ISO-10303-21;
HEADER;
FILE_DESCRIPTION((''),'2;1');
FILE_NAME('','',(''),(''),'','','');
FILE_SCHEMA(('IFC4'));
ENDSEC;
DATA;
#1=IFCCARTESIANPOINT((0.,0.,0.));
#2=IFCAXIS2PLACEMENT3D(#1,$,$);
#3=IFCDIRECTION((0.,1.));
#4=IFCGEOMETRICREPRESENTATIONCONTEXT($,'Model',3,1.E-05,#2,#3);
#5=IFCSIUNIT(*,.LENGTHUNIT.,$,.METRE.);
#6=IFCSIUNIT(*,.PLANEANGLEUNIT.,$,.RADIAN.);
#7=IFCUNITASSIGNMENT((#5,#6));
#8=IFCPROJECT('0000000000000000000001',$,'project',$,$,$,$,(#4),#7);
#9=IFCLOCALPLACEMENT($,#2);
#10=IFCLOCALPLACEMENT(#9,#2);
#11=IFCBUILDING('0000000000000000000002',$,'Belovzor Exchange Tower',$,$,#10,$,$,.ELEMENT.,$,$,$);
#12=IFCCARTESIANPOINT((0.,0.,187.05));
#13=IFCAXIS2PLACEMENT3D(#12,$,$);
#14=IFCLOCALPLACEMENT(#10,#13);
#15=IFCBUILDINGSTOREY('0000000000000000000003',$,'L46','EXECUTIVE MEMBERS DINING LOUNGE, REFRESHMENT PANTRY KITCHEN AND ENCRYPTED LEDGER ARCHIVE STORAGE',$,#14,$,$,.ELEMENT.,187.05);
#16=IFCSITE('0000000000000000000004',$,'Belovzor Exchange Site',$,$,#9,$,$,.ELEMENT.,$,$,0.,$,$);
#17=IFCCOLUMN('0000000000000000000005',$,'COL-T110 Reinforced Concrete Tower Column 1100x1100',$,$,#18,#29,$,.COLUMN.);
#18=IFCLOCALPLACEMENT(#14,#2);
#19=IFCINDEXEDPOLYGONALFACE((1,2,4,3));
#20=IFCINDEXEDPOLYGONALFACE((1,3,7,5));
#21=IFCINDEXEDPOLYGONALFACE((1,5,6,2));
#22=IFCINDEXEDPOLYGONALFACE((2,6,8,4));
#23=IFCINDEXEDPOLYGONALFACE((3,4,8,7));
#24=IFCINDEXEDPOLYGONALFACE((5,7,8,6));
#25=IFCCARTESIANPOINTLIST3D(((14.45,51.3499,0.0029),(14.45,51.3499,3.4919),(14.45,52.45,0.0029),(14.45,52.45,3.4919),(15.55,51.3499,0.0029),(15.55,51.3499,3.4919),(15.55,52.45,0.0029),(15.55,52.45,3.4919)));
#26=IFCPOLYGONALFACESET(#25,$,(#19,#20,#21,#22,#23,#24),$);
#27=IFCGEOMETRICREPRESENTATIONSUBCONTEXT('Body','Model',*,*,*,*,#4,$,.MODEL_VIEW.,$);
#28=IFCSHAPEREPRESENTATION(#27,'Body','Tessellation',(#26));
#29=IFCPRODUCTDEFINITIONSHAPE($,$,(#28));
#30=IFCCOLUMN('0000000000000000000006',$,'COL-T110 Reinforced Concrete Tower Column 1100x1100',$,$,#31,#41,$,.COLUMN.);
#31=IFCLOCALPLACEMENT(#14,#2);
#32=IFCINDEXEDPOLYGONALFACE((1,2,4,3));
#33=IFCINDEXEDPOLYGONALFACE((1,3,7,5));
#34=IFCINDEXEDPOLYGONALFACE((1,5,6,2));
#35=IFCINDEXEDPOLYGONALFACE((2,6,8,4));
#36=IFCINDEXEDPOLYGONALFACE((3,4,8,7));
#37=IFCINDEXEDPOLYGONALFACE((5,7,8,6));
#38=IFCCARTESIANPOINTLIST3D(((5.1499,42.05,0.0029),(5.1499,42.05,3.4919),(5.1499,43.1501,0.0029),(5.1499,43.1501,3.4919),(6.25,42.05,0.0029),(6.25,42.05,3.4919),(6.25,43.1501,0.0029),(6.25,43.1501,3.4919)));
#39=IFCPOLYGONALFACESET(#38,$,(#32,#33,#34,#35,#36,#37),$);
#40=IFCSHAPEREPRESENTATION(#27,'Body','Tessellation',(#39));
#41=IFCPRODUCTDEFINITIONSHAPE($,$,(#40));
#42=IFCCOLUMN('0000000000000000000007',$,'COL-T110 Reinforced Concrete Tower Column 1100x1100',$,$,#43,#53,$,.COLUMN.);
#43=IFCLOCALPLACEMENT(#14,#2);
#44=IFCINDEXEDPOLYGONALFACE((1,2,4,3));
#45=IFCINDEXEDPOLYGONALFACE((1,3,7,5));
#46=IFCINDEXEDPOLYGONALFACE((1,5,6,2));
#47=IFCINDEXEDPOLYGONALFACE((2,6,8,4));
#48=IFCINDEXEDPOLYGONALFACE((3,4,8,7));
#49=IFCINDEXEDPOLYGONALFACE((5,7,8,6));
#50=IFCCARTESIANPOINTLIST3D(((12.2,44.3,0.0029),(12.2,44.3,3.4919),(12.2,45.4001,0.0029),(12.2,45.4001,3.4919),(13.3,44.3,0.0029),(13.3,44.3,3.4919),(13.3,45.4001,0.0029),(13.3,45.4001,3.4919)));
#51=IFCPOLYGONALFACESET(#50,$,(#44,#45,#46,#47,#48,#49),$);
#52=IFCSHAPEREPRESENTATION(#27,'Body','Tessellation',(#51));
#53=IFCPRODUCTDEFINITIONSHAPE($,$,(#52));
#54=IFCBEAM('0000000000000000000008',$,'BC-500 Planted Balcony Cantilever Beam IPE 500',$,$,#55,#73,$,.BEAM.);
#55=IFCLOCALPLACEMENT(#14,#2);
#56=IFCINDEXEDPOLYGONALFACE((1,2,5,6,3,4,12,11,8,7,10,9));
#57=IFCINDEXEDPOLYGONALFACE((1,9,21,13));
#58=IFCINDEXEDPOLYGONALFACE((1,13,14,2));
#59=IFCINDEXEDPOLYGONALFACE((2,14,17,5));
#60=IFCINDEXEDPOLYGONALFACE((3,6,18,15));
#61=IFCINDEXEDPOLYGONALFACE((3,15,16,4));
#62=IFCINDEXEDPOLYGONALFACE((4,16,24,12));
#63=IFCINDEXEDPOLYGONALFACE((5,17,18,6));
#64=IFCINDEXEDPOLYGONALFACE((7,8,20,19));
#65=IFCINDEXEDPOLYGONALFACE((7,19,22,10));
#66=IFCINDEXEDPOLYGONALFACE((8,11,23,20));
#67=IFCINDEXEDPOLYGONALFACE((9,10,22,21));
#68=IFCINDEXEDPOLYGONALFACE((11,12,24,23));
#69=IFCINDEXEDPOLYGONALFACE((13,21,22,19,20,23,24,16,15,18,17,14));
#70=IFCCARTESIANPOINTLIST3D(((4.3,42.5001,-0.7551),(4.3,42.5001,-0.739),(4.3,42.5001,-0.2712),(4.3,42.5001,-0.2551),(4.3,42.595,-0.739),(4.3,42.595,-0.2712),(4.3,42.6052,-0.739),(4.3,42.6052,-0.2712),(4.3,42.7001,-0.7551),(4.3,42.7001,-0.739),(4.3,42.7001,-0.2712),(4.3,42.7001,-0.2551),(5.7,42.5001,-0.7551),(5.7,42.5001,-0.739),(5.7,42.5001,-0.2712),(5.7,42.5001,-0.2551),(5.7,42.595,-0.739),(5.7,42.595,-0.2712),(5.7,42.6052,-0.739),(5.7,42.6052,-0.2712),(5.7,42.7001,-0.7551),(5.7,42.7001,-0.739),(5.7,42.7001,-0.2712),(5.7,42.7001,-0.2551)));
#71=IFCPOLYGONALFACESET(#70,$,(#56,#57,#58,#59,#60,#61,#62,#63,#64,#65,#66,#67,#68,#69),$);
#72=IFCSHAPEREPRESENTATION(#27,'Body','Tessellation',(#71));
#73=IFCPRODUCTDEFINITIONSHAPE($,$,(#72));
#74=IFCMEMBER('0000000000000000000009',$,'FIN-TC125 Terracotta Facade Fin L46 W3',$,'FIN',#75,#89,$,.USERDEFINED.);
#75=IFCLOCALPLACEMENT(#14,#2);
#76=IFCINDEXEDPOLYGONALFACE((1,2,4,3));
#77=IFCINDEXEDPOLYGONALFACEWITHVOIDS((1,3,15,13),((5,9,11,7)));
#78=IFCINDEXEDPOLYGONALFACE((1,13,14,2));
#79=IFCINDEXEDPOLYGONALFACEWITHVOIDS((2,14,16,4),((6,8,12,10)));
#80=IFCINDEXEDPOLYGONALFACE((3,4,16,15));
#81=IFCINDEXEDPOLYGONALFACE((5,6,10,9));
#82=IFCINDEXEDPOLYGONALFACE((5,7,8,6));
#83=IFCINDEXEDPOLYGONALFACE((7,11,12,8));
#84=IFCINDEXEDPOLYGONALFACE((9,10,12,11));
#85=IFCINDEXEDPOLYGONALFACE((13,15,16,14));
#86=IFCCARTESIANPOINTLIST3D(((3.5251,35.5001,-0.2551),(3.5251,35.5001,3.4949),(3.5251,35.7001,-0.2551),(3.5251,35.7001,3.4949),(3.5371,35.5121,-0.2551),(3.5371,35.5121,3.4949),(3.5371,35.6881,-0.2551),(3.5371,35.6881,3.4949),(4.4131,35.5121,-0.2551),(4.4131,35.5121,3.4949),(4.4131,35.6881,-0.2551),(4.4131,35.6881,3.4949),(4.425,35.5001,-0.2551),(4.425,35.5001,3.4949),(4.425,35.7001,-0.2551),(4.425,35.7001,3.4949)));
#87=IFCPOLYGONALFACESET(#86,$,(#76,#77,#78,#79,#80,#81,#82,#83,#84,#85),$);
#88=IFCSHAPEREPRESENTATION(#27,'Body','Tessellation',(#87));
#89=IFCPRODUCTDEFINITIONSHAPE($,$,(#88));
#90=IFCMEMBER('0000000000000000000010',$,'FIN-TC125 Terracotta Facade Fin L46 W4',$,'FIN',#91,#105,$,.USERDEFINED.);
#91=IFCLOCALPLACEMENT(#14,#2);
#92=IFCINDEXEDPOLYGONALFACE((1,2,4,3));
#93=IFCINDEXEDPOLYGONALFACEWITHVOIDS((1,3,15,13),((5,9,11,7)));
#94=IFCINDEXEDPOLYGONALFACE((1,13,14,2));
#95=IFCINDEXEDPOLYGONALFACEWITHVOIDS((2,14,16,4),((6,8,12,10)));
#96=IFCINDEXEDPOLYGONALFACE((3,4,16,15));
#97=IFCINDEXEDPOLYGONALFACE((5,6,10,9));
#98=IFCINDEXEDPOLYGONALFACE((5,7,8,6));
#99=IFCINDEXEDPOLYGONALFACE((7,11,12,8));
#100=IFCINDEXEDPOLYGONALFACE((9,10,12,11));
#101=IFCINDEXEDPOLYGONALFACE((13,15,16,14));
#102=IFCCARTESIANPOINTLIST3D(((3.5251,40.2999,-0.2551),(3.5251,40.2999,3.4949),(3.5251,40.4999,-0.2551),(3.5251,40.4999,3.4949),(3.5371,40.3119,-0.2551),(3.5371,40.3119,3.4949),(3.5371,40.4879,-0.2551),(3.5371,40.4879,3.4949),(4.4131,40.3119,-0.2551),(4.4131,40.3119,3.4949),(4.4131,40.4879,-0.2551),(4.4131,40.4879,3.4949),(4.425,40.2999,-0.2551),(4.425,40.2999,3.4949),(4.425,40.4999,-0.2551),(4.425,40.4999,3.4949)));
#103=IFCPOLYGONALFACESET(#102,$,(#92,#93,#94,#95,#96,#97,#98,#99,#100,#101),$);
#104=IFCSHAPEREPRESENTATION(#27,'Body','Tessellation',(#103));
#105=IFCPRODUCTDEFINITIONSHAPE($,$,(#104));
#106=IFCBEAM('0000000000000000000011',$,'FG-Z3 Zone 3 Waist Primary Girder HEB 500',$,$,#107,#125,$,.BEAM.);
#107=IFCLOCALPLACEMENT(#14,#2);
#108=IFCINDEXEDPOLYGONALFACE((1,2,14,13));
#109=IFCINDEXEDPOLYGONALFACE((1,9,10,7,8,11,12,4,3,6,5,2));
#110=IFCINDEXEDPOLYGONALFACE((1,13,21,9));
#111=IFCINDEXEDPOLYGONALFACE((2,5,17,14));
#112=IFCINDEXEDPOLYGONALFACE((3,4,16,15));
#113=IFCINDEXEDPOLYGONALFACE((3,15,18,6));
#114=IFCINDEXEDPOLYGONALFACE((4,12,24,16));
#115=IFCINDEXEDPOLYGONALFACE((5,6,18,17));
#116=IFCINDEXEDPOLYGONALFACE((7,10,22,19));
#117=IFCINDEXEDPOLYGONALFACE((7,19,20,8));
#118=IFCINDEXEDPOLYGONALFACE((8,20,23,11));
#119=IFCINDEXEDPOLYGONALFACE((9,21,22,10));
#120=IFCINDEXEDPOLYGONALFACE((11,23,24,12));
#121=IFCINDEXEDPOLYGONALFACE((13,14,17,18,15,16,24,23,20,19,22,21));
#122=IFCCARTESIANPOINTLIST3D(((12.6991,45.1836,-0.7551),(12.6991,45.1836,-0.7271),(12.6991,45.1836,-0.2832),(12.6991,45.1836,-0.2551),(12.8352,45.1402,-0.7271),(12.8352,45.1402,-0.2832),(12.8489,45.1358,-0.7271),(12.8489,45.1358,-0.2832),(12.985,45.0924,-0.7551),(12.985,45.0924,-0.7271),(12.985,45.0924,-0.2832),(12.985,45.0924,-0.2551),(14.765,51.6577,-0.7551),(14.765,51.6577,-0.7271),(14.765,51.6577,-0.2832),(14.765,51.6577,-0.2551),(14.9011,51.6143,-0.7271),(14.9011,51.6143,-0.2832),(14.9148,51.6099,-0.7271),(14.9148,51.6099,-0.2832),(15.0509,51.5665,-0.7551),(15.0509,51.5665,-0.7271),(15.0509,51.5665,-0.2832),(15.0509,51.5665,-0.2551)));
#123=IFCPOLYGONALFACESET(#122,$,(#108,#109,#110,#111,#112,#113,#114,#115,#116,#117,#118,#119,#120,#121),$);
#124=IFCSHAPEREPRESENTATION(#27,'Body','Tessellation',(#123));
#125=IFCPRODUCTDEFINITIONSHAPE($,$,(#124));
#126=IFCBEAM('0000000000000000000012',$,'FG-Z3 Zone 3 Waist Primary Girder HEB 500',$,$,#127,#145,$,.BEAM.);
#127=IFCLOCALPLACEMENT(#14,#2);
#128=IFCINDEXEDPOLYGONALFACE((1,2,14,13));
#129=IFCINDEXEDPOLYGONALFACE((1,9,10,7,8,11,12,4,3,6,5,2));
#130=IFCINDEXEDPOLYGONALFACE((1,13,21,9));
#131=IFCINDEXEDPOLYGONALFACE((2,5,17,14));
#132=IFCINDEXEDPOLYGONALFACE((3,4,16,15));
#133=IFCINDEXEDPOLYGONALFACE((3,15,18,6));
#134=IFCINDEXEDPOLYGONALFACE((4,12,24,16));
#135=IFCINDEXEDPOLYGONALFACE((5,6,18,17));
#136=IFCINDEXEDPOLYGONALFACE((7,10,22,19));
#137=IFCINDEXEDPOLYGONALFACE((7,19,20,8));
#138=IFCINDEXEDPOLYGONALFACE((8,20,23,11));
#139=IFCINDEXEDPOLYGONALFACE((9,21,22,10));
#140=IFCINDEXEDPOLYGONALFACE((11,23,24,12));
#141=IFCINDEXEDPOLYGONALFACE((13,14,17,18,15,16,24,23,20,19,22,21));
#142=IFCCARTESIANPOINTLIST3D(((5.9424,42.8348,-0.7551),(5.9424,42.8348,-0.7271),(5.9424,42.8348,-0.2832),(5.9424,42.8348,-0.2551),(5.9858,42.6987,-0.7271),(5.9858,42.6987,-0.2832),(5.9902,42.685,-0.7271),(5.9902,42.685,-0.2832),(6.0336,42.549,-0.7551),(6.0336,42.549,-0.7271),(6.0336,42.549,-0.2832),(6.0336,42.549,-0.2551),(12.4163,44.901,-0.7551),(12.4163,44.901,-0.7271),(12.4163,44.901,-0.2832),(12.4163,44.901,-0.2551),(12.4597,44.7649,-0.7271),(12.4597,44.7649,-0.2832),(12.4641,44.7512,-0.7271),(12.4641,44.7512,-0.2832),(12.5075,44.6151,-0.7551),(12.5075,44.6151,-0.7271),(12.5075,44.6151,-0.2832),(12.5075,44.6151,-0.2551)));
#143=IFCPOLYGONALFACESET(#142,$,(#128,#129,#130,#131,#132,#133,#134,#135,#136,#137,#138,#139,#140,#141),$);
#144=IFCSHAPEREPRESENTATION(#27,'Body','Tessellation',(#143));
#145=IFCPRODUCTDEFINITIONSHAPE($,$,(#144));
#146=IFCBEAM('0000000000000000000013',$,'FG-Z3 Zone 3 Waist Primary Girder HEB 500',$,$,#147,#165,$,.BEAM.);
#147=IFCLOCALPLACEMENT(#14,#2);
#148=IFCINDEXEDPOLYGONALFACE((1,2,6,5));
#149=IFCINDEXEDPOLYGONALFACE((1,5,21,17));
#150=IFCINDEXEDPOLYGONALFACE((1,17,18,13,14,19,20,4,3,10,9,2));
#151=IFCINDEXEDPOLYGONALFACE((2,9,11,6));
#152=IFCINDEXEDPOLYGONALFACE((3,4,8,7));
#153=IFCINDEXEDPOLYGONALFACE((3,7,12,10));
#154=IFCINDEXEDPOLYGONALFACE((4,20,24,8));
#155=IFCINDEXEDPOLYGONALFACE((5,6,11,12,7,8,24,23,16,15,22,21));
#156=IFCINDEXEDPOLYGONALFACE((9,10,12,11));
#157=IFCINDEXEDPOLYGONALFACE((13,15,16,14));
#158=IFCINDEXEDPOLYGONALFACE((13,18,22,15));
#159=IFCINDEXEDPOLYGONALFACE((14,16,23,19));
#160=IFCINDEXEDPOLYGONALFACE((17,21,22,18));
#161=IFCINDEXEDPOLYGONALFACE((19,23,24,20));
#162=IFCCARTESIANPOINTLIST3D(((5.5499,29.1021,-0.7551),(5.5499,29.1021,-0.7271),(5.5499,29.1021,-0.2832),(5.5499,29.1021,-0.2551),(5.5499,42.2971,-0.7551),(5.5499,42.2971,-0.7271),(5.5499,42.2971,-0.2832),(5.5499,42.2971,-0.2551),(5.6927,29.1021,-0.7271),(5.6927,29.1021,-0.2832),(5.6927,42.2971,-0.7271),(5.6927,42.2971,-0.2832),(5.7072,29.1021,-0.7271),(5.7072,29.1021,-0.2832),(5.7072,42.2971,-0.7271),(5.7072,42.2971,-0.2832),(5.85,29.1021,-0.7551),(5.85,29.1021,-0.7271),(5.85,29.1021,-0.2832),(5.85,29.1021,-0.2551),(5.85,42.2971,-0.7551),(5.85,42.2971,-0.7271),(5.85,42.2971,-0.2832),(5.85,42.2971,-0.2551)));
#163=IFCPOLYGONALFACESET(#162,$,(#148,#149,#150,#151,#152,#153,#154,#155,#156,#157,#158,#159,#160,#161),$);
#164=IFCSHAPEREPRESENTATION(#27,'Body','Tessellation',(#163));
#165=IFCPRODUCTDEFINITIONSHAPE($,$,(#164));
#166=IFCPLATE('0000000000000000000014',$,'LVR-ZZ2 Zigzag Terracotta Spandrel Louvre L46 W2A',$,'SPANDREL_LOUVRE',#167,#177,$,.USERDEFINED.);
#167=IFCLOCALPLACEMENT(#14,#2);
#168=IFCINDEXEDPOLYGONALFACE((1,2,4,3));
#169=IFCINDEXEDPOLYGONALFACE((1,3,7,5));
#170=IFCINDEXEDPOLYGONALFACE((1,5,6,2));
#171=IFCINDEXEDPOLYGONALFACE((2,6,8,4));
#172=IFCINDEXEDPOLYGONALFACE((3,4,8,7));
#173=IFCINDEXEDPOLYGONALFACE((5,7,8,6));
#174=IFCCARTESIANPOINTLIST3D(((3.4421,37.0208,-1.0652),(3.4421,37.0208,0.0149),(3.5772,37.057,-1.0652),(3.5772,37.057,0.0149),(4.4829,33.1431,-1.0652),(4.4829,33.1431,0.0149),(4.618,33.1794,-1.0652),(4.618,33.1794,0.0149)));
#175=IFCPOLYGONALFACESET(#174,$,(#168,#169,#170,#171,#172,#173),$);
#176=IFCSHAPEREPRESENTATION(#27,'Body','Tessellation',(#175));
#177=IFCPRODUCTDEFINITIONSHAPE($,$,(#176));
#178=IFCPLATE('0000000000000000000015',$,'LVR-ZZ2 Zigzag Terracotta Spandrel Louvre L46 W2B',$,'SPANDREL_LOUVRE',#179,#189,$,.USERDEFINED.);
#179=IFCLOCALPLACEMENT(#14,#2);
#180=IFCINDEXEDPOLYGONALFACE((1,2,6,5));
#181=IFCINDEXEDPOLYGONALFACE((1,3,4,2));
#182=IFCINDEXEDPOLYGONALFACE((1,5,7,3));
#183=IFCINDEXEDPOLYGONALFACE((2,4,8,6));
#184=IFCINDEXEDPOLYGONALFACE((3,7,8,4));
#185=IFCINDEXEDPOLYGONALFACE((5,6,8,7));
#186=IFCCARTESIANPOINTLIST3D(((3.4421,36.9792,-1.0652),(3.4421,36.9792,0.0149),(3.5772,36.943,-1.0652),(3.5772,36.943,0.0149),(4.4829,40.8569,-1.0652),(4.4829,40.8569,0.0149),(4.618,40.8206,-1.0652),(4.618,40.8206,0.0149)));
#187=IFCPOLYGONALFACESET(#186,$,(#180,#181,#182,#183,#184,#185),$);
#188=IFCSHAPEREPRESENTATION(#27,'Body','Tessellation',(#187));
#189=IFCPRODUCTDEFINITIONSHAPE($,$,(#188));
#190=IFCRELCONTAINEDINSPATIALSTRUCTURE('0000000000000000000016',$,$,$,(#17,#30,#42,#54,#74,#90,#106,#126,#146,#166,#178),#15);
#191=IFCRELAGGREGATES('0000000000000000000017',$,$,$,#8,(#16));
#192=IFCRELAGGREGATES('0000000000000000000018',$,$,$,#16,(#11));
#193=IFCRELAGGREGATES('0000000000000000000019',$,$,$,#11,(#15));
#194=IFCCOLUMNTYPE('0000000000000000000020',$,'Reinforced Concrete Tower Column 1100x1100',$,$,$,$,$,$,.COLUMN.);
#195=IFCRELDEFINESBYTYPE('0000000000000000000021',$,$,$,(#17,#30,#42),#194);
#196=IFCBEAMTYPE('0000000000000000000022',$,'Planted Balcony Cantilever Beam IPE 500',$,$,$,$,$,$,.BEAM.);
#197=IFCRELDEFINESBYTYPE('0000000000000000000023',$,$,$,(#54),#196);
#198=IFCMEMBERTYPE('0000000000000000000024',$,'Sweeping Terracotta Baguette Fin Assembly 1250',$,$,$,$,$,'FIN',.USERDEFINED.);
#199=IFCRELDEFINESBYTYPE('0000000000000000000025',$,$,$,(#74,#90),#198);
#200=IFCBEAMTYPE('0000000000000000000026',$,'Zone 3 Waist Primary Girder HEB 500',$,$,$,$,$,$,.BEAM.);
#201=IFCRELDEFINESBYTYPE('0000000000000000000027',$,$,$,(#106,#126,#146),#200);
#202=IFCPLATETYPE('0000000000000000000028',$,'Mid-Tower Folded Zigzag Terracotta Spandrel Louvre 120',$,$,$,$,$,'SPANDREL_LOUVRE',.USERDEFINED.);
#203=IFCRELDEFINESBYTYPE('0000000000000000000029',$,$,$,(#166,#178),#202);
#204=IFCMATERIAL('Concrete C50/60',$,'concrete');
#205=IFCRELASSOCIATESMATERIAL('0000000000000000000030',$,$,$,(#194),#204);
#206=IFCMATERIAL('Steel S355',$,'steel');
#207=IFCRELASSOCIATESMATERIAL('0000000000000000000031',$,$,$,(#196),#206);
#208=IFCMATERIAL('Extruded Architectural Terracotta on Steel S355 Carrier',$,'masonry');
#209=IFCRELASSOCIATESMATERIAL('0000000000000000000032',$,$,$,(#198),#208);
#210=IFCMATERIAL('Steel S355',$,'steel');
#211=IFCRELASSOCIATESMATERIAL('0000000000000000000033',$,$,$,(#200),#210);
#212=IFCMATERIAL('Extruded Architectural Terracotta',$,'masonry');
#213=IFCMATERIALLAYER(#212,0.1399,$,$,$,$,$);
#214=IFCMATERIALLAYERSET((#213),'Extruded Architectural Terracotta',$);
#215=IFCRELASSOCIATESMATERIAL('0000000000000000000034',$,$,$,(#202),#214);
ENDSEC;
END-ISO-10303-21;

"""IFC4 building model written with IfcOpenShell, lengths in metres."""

from ifc_helpers import new_model, si_unit, direction, frame, origin, origin_2d, place, context, subcontext, project, spatial, rectangle, hollow_rectangle, i_section, extrude, material, layer, layer_set, material_profile, profile_set, type_object, element, save


model = new_model("IFC4")

# Units and contexts
model_context = context("Model", 3, precision=1e-05, world=origin(), true_north=direction((0.0, 1.0)))
body_context = subcontext(model_context, "Body", "Model", "MODEL_VIEW")
ifc_project = project(units=[si_unit("LENGTHUNIT", "METRE"), si_unit("PLANEANGLEUNIT", "RADIAN")], contexts=[model_context])

# Site, building, storey
site_placement = place(None, origin())
site = spatial("IfcSite", under=ifc_project, at=site_placement, Name="Belovzor Exchange Site", CompositionType="ELEMENT", RefElevation=0.0)
building_placement = place(site_placement, origin())
building = spatial("IfcBuilding", under=site, at=building_placement, Name="Belovzor Exchange Tower", CompositionType="ELEMENT")
storey_placement = place(building_placement, frame((0.0, 0.0, 187.05)))
storey = spatial("IfcBuildingStorey", under=building, at=storey_placement, Name="L46", Description="EXECUTIVE MEMBERS DINING LOUNGE, REFRESHMENT PANTRY KITCHEN AND ENCRYPTED LEDGER ARCHIVE STORAGE", CompositionType="ELEMENT", Elevation=187.05)

# Columns
ifc_material_1 = material(Name="Concrete C50/60", Category="concrete")
ifc_material_profile_1 = material_profile(ifc_material_1, rectangle(XDim=1.1001, YDim=1.1001, at=origin_2d()))
ifc_profile_set_1 = profile_set([ifc_material_profile_1], Name="Concrete C50/60")
column_type = type_object("IfcColumnType", Name="Reinforced Concrete Tower Column 1100x1100", PredefinedType="COLUMN", material=ifc_profile_set_1)
for number, where, z_axis, x_axis, name in (
    (1, (15.0, 51.8999, 0.0029), (0.0, 0.0, 1.0), (1.0, 0.0, 0.0), "COL-T110 Reinforced Concrete Tower Column 1100x1100"),
    (2, (5.7, 42.6001, 0.0029), (0.0, 0.0, 1.0), (1.0, 0.0, 0.0), "COL-T110 Reinforced Concrete Tower Column 1100x1100"),
    (3, (12.75, 44.8501, 0.0029), (0.0, 0.0, 1.0), (1.0, 0.0, 0.0), "COL-T110 Reinforced Concrete Tower Column 1100x1100"),
):
    element("IfcColumn", number, at=place(storey_placement, frame(where, z_axis=z_axis, x_axis=x_axis)), inside=storey, type_object=column_type, Name=name, PredefinedType="COLUMN", context=body_context, shape_type="SweptSolid", body=[
        extrude(rectangle(XDim=1.1001, YDim=1.1001, at=origin_2d()), origin(), (0.0, 0.0, 1.0), 3.489),
    ])

# Beam
ifc_material_2 = material(Name="Steel S355", Category="steel")
ifc_material_profile_2 = material_profile(ifc_material_2, i_section(OverallWidth=0.2, OverallDepth=0.5, WebThickness=0.0103, FlangeThickness=0.0161, at=origin_2d()))
ifc_profile_set_2 = profile_set([ifc_material_profile_2], Name="Steel S355")
beam_type_1 = type_object("IfcBeamType", Name="Planted Balcony Cantilever Beam IPE 500", PredefinedType="BEAM", material=ifc_profile_set_2)
beam_1_placement = place(storey_placement, frame((5.7, 42.6001, -0.5051), z_axis=(-1.0, 0.0, 0.0), x_axis=(0.0, -1.0, 0.0)))
element("IfcBeam", 4, at=beam_1_placement, inside=storey, type_object=beam_type_1, Name="BC-500 Planted Balcony Cantilever Beam IPE 500", PredefinedType="BEAM", context=body_context, shape_type="SweptSolid", body=[
    extrude(i_section(OverallWidth=0.2, OverallDepth=0.5, WebThickness=0.0103, FlangeThickness=0.0161, at=origin_2d()), origin(), (0.0, 0.0, 1.0), 1.3999),
])

# Members
ifc_material_3 = material(Name="Extruded Architectural Terracotta on Steel S355 Carrier", Category="masonry")
ifc_material_profile_3 = material_profile(ifc_material_3, hollow_rectangle(XDim=0.2, YDim=0.8999, WallThickness=0.012, at=origin_2d()))
ifc_profile_set_3 = profile_set([ifc_material_profile_3], Name="Extruded Architectural Terracotta on Steel S355 Carrier")
member_type = type_object("IfcMemberType", Name="Sweeping Terracotta Baguette Fin Assembly 1250", ElementType="FIN", PredefinedType="USERDEFINED", material=ifc_profile_set_3)
for number, where, z_axis, x_axis, name in (
    (5, (3.9751, 35.6001, -0.2551), (0.0, 0.0, 1.0), (0.0, 1.0, 0.0), "FIN-TC125 Terracotta Facade Fin L46 W3"),
    (6, (3.9751, 40.3999, -0.2551), (0.0, 0.0, 1.0), (0.0, 1.0, 0.0), "FIN-TC125 Terracotta Facade Fin L46 W4"),
):
    element("IfcMember", number, at=place(storey_placement, frame(where, z_axis=z_axis, x_axis=x_axis)), inside=storey, type_object=member_type, Name=name, ObjectType="FIN", PredefinedType="USERDEFINED", context=body_context, shape_type="SweptSolid", body=[
        extrude(hollow_rectangle(XDim=0.2, YDim=0.8999, WallThickness=0.012, at=origin_2d()), origin(), (0.0, 0.0, 1.0), 3.75),
    ])

# Beams
ifc_material_4 = material(Name="Steel S355", Category="steel")
ifc_material_profile_4 = material_profile(ifc_material_4, i_section(OverallWidth=0.3, OverallDepth=0.5, WebThickness=0.0144, FlangeThickness=0.0281, at=origin_2d()))
ifc_profile_set_4 = profile_set([ifc_material_profile_4], Name="Steel S355")
beam_type_2 = type_object("IfcBeamType", Name="Zone 3 Waist Primary Girder HEB 500", PredefinedType="BEAM", material=ifc_profile_set_4)
for number, where, z_axis, x_axis, name in (
    (7, (14.908, 51.6121, -0.5051), (-0.304001, -0.952672, 0.0), (0.952672, -0.304001, 0.0), "FG-Z3 Zone 3 Waist Primary Girder HEB 500"),
    (8, (12.4619, 44.7581, -0.5051), (-0.952658, -0.304044, 0.0), (0.304044, -0.952658, 0.0), "FG-Z3 Zone 3 Waist Primary Girder HEB 500"),
):
    element("IfcBeam", number, at=place(storey_placement, frame(where, z_axis=z_axis, x_axis=x_axis)), inside=storey, type_object=beam_type_2, Name=name, PredefinedType="BEAM", context=body_context, shape_type="SweptSolid", body=[
        extrude(i_section(OverallWidth=0.3, OverallDepth=0.5, WebThickness=0.0144, FlangeThickness=0.0281, at=origin_2d()), origin(), (0.0, 0.0, 1.0), 6.7957),
    ])
beam_2_placement = place(storey_placement, frame((5.7, 42.2971, -0.5051), z_axis=(0.0, -1.0, 0.0), x_axis=(1.0, 0.0, 0.0)))
element("IfcBeam", 9, at=beam_2_placement, inside=storey, type_object=beam_type_2, Name="FG-Z3 Zone 3 Waist Primary Girder HEB 500", PredefinedType="BEAM", context=body_context, shape_type="SweptSolid", body=[
    extrude(i_section(OverallWidth=0.3, OverallDepth=0.5, WebThickness=0.0144, FlangeThickness=0.0281, at=origin_2d()), origin(), (0.0, 0.0, 1.0), 13.1951),
])

# Plates
ifc_material_5 = material(Name="Extruded Architectural Terracotta", Category="masonry")
ifc_layer_1 = layer(ifc_material_5, 0.1399)
ifc_layer_set_1 = layer_set([ifc_layer_1], Name="Extruded Architectural Terracotta")
plate_type = type_object("IfcPlateType", Name="Mid-Tower Folded Zigzag Terracotta Spandrel Louvre 120", ElementType="SPANDREL_LOUVRE", PredefinedType="USERDEFINED", material=ifc_layer_set_1)
for number, where, z_axis, x_axis, name in (
    (10, (4.03, 35.1001, -1.0652), (0.0, 0.0, 1.0), (-0.25924, 0.965813, 0.0), "LVR-ZZ2 Zigzag Terracotta Spandrel Louvre L46 W2A"),
    (11, (4.03, 38.8999, -1.0652), (0.0, 0.0, 1.0), (0.25924, 0.965813, 0.0), "LVR-ZZ2 Zigzag Terracotta Spandrel Louvre L46 W2B"),
):
    element("IfcPlate", number, at=place(storey_placement, frame(where, z_axis=z_axis, x_axis=x_axis)), inside=storey, type_object=plate_type, Name=name, ObjectType="SPANDREL_LOUVRE", PredefinedType="USERDEFINED", context=body_context, shape_type="SweptSolid", body=[
        extrude(rectangle(XDim=4.0149, YDim=0.1399, at=origin_2d()), origin(), (0.0, 0.0, 1.0), 1.0801),
    ])

save(model, "model.ifc")
